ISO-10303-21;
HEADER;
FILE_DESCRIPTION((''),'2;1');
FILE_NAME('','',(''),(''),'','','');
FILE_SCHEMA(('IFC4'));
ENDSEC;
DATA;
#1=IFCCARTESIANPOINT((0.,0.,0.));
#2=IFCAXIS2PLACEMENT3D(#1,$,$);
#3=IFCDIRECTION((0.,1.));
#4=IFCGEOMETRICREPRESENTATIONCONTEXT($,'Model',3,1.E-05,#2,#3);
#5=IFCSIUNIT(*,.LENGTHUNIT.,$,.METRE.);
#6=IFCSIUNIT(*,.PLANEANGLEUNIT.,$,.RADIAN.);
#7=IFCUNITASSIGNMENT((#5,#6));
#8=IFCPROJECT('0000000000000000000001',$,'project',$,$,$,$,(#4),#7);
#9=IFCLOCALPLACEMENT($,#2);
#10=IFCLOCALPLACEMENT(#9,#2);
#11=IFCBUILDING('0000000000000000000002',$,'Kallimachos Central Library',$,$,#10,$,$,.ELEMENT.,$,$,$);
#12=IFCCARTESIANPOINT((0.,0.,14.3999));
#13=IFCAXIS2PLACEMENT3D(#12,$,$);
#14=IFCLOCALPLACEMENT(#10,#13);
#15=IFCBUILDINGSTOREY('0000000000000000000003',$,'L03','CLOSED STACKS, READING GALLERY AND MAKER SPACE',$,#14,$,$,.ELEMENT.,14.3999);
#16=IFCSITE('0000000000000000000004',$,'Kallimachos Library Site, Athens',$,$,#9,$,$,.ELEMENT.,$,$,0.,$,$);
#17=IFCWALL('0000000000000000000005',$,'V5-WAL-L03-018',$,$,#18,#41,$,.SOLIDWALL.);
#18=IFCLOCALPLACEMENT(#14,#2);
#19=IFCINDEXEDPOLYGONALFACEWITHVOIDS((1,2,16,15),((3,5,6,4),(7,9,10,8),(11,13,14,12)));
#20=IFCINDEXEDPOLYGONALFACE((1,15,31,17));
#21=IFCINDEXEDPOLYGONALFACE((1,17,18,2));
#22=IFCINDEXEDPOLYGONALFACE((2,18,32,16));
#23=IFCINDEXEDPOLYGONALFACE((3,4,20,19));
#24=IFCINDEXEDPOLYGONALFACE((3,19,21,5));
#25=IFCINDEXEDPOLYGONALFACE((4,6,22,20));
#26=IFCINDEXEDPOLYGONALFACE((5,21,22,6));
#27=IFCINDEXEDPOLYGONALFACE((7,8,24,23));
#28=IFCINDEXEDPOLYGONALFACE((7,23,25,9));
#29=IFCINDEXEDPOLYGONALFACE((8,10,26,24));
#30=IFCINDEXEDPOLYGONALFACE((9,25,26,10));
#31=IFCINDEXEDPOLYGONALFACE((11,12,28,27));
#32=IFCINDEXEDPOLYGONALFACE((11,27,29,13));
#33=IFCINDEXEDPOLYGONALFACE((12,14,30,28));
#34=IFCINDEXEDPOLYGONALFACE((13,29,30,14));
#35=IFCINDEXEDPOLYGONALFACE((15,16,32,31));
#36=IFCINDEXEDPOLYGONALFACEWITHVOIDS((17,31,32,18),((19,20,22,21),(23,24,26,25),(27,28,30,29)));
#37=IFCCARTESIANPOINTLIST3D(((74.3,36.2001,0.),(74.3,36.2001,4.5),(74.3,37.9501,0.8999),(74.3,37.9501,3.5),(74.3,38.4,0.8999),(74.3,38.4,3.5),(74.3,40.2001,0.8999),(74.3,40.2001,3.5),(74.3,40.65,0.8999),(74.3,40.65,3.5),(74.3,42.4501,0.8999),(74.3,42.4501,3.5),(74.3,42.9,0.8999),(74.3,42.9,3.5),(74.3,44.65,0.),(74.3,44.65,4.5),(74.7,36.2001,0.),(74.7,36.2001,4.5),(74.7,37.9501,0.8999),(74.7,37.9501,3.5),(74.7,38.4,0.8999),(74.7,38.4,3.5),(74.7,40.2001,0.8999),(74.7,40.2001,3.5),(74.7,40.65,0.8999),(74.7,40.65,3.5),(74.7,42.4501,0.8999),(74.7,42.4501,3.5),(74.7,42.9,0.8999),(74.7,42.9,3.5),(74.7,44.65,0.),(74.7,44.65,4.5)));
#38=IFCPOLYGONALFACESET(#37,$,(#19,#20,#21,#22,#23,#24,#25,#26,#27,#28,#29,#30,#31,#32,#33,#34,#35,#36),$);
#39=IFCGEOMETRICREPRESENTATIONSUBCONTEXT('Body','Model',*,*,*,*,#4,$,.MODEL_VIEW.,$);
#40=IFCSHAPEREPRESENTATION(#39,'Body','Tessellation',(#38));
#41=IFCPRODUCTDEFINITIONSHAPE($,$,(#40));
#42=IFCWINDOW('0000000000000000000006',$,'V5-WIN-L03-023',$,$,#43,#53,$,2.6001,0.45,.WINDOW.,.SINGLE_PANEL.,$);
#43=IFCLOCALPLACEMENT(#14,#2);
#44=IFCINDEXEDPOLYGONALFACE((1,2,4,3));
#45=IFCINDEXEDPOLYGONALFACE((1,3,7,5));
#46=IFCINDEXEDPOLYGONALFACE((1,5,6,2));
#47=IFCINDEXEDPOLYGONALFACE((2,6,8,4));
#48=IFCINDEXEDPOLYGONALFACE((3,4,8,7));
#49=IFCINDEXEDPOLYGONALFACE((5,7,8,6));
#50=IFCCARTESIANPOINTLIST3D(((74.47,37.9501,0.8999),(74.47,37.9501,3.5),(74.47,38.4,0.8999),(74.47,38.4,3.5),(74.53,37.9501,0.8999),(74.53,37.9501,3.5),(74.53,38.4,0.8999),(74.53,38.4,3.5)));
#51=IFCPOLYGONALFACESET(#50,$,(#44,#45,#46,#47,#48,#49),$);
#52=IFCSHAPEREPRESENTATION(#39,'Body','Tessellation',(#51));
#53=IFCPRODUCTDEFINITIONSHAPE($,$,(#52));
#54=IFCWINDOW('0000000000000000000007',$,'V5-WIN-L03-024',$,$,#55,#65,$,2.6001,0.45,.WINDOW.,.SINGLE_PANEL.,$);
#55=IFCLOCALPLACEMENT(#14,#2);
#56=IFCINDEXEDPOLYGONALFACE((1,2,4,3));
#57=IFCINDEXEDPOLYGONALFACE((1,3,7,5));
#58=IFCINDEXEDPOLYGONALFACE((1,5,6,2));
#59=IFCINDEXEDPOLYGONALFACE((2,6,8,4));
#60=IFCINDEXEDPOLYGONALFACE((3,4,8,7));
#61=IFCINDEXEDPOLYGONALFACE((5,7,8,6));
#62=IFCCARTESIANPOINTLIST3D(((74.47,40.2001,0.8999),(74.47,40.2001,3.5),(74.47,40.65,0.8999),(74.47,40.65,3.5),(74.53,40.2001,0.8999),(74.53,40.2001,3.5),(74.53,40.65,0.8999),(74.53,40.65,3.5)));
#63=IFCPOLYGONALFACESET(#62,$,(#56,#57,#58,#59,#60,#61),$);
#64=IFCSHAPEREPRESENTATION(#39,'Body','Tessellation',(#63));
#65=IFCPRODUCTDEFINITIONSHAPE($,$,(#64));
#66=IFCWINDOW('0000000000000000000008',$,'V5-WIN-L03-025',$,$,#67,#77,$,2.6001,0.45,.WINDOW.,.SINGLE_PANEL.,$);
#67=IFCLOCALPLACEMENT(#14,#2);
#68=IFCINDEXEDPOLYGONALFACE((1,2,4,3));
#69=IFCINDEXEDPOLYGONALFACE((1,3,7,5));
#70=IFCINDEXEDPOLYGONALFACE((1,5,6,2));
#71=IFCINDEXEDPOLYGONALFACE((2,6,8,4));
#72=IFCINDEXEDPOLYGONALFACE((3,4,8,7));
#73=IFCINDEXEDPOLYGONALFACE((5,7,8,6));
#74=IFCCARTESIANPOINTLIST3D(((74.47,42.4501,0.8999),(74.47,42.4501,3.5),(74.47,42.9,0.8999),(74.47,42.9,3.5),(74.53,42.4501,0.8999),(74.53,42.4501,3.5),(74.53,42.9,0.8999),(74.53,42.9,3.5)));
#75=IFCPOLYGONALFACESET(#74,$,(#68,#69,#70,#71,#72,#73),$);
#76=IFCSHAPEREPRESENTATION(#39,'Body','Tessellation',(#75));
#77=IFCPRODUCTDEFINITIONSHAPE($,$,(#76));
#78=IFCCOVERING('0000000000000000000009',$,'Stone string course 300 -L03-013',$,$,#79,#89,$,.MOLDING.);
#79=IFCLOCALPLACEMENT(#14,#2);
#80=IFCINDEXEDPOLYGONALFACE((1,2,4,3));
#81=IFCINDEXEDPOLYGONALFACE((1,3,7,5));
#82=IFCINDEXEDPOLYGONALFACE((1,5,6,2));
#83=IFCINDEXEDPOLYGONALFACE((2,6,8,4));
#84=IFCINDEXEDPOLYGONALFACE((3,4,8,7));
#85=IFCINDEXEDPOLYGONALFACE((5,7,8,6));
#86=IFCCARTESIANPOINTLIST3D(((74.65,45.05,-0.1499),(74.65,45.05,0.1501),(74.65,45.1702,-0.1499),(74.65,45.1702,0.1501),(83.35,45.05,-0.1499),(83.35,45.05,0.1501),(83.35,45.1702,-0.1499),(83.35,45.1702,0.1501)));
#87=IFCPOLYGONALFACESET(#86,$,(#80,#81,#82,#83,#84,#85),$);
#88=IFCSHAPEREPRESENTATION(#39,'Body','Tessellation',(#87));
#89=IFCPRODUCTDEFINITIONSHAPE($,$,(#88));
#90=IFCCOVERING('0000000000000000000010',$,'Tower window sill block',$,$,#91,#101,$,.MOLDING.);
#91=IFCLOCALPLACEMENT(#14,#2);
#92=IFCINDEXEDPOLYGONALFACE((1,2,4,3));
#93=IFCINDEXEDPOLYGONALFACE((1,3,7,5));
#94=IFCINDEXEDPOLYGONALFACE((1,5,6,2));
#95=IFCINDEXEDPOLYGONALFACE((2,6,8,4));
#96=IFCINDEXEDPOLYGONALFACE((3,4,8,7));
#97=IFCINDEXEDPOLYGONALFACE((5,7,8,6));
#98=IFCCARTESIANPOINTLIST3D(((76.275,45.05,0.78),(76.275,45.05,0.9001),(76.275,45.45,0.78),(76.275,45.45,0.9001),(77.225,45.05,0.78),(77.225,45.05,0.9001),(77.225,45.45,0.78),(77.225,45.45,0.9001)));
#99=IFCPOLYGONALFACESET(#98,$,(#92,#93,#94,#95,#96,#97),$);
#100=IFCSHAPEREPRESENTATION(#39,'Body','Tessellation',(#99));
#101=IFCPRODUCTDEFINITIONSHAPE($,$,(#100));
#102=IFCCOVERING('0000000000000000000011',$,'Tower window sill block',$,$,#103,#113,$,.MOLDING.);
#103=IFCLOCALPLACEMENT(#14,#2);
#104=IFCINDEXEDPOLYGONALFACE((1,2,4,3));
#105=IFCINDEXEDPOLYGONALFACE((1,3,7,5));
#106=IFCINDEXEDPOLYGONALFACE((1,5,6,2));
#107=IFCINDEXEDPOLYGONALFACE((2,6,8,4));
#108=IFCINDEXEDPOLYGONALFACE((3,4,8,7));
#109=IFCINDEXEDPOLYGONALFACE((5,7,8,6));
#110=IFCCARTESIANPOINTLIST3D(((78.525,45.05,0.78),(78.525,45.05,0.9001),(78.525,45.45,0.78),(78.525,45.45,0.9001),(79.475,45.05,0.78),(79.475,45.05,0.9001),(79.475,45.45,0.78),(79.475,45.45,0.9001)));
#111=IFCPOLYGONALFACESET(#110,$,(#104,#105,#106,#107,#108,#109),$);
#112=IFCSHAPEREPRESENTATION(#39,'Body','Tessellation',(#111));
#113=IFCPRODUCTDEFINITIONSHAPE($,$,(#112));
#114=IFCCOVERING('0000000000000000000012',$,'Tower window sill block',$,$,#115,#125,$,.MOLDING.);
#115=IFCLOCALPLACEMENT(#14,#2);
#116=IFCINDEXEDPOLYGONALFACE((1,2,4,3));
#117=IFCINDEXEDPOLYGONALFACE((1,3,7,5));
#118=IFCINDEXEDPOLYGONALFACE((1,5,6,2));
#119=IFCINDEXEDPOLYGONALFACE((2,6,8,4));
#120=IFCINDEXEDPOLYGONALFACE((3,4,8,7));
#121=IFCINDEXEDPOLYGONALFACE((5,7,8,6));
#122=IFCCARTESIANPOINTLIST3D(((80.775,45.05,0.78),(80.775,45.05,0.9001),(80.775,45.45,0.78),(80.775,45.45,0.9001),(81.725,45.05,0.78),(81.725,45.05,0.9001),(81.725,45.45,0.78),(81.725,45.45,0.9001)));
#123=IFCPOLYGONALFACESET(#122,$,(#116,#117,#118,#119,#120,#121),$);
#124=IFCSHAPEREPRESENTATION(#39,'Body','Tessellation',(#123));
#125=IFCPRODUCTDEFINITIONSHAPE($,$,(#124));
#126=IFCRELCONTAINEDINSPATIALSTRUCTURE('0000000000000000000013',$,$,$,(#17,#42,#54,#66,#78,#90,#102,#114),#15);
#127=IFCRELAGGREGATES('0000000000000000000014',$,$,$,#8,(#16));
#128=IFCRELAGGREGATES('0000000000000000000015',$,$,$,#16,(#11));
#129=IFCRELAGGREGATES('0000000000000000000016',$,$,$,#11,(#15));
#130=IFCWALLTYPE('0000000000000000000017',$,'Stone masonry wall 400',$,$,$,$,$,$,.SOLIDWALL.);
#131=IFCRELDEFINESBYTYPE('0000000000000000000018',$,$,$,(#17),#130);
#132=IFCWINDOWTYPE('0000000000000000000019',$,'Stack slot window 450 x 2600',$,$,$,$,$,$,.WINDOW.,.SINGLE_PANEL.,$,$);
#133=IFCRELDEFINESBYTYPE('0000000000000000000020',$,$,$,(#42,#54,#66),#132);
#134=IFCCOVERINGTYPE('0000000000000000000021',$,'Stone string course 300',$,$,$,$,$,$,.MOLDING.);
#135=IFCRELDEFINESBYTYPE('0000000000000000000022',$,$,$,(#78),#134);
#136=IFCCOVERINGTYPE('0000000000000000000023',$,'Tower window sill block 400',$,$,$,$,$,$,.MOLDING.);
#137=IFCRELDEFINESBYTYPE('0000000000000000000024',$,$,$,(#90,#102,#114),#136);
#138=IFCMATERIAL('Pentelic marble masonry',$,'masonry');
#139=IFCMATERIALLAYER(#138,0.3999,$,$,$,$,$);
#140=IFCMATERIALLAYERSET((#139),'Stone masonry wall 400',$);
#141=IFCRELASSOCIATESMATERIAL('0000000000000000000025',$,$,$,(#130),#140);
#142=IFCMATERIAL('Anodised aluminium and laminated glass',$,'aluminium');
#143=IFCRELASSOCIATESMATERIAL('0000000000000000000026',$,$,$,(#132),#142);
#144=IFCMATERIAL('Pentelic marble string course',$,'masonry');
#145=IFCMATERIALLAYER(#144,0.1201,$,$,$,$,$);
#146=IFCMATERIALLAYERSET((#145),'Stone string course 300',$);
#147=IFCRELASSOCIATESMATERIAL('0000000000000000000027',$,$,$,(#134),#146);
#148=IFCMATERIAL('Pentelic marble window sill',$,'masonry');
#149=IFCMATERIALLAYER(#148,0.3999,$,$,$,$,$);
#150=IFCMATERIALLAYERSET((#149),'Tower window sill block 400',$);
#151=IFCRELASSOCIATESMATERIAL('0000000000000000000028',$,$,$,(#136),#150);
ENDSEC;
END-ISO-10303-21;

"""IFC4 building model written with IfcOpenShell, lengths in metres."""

from ifc_helpers import new_model, si_unit, direction, frame, frame_2d, origin, origin_2d, place, context, subcontext, project, spatial, rectangle, extrude, material, layer, layer_set, type_object, element, fill, save


model = new_model("IFC4")

# Units and contexts
model_context = context("Model", 3, precision=1e-05, world=origin(), true_north=direction((0.0, 1.0)))
body_context = subcontext(model_context, "Body", "Model", "MODEL_VIEW")
ifc_project = project(units=[si_unit("LENGTHUNIT", "METRE"), si_unit("PLANEANGLEUNIT", "RADIAN")], contexts=[model_context])

# Site, building, storey
site_placement = place(None, origin())
site = spatial("IfcSite", under=ifc_project, at=site_placement, Name="Kallimachos Library Site, Athens", CompositionType="ELEMENT", RefElevation=0.0)
building_placement = place(site_placement, origin())
building = spatial("IfcBuilding", under=site, at=building_placement, Name="Kallimachos Central Library", CompositionType="ELEMENT")
storey_placement = place(building_placement, frame((0.0, 0.0, 14.3999)))
storey = spatial("IfcBuildingStorey", under=building, at=storey_placement, Name="L03", Description="CLOSED STACKS, READING GALLERY AND MAKER SPACE", CompositionType="ELEMENT", Elevation=14.3999)

# Wall, openings, windows
ifc_material_1 = material(Name="Pentelic marble masonry", Category="masonry")
ifc_layer_1 = layer(ifc_material_1, 0.3999)
ifc_layer_set_1 = layer_set([ifc_layer_1], Name="Stone masonry wall 400")
wall_type_1 = type_object("IfcWallType", Name="Stone masonry wall 400", PredefinedType="SOLIDWALL", material=ifc_layer_set_1)
ifc_material_2 = material(Name="Anodised aluminium and laminated glass", Category="aluminium")
window_type = type_object("IfcWindowType", Name="Stack slot window 450 x 2600", PartitioningType="SINGLE_PANEL", PredefinedType="WINDOW", material=ifc_material_2)
wall_1_placement = place(storey_placement, frame((74.5, 36.2, 0.0), z_axis=(0.0, 0.0, 1.0), x_axis=(0.0, 1.0, 0.0)))
wall_1 = element("IfcWall", 1, at=wall_1_placement, inside=storey, type_object=wall_type_1, Name="V5-WAL-L03-018", PredefinedType="SOLIDWALL", context=body_context, shape_type="SweptSolid", body=[
    extrude(rectangle(XDim=8.45, YDim=0.3999, at=frame_2d((4.2251, 0.0))), origin(), (0.0, 0.0, 1.0), 4.5),
])
opening_1_placement = place(wall_1_placement, frame((1.75, 0.0, 0.8999)))
opening_1 = element("IfcOpeningElement", 2, at=opening_1_placement, cuts=wall_1, PredefinedType="OPENING", context=body_context, shape_type="SweptSolid", body=[
    extrude(rectangle(XDim=0.45, YDim=2.6001, at=frame_2d((0.2251, 1.3))), frame((0.0, 0.21, 0.0), z_axis=(0.0, -1.0, 0.0), x_axis=(1.0, 0.0, 0.0)), (0.0, 0.0, 1.0), 0.4199),
])
opening_2_placement = place(wall_1_placement, frame((4.0, 0.0, 0.8999)))
opening_2 = element("IfcOpeningElement", 3, at=opening_2_placement, cuts=wall_1, PredefinedType="OPENING", context=body_context, shape_type="SweptSolid", body=[
    extrude(rectangle(XDim=0.45, YDim=2.6001, at=frame_2d((0.2251, 1.3))), frame((0.0, 0.21, 0.0), z_axis=(0.0, -1.0, 0.0), x_axis=(1.0, 0.0, 0.0)), (0.0, 0.0, 1.0), 0.4199),
])
opening_3_placement = place(wall_1_placement, frame((6.25, 0.0, 0.8999)))
opening_3 = element("IfcOpeningElement", 4, at=opening_3_placement, cuts=wall_1, PredefinedType="OPENING", context=body_context, shape_type="SweptSolid", body=[
    extrude(rectangle(XDim=0.45, YDim=2.6001, at=frame_2d((0.2251, 1.3))), frame((0.0, 0.21, 0.0), z_axis=(0.0, -1.0, 0.0), x_axis=(1.0, 0.0, 0.0)), (0.0, 0.0, 1.0), 0.4199),
])
window_1_placement = place(opening_1_placement, origin())
window_1 = element("IfcWindow", 5, at=window_1_placement, inside=storey, type_object=window_type, Name="V5-WIN-L03-023", OverallHeight=2.6001, OverallWidth=0.45, PartitioningType="SINGLE_PANEL", PredefinedType="WINDOW", context=body_context, shape_type="SweptSolid", body=[
    extrude(rectangle(XDim=0.45, YDim=2.6001, at=frame_2d((0.2251, 1.3))), frame((0.0, 0.03, 0.0), z_axis=(0.0, -1.0, 0.0), x_axis=(1.0, 0.0, 0.0)), (0.0, 0.0, 1.0), 0.0601),
])
fill(opening_1, window_1)
window_2_placement = place(opening_2_placement, origin())
window_2 = element("IfcWindow", 6, at=window_2_placement, inside=storey, type_object=window_type, Name="V5-WIN-L03-024", OverallHeight=2.6001, OverallWidth=0.45, PartitioningType="SINGLE_PANEL", PredefinedType="WINDOW", context=body_context, shape_type="SweptSolid", body=[
    extrude(rectangle(XDim=0.45, YDim=2.6001, at=frame_2d((0.2251, 1.3))), frame((0.0, 0.03, 0.0), z_axis=(0.0, -1.0, 0.0), x_axis=(1.0, 0.0, 0.0)), (0.0, 0.0, 1.0), 0.0601),
])
fill(opening_2, window_2)
window_3_placement = place(opening_3_placement, origin())
window_3 = element("IfcWindow", 7, at=window_3_placement, inside=storey, type_object=window_type, Name="V5-WIN-L03-025", OverallHeight=2.6001, OverallWidth=0.45, PartitioningType="SINGLE_PANEL", PredefinedType="WINDOW", context=body_context, shape_type="SweptSolid", body=[
    extrude(rectangle(XDim=0.45, YDim=2.6001, at=frame_2d((0.2251, 1.3))), frame((0.0, 0.03, 0.0), z_axis=(0.0, -1.0, 0.0), x_axis=(1.0, 0.0, 0.0)), (0.0, 0.0, 1.0), 0.0601),
])
fill(opening_3, window_3)

# Coverings
ifc_material_3 = material(Name="Pentelic marble string course", Category="masonry")
ifc_layer_2 = layer(ifc_material_3, 0.1201)
ifc_layer_set_2 = layer_set([ifc_layer_2], Name="Stone string course 300")
covering_type_1 = type_object("IfcCoveringType", Name="Stone string course 300", PredefinedType="MOLDING", material=ifc_layer_set_2)
covering_placement = place(storey_placement, frame((79.0, 45.1101, -0.1499), z_axis=(0.0, 0.0, 1.0), x_axis=(1.0, 0.0, 0.0)))
element("IfcCovering", 8, at=covering_placement, inside=storey, type_object=covering_type_1, Name="Stone string course 300 -L03-013", PredefinedType="MOLDING", context=body_context, shape_type="SweptSolid", body=[
    extrude(rectangle(XDim=8.7, YDim=0.1201, at=origin_2d()), origin(), (0.0, 0.0, 1.0), 0.3),
])
ifc_material_4 = material(Name="Pentelic marble window sill", Category="masonry")
ifc_layer_3 = layer(ifc_material_4, 0.3999)
ifc_layer_set_3 = layer_set([ifc_layer_3], Name="Tower window sill block 400")
covering_type_2 = type_object("IfcCoveringType", Name="Tower window sill block 400", PredefinedType="MOLDING", material=ifc_layer_set_3)
for number, where, z_axis, x_axis, name in (
    (9, (76.75, 45.25, 0.78), (0.0, 0.0, 1.0), (1.0, 0.0, 0.0), "Tower window sill block"),
    (10, (79.0, 45.25, 0.78), (0.0, 0.0, 1.0), (1.0, 0.0, 0.0), "Tower window sill block"),
    (11, (81.25, 45.25, 0.78), (0.0, 0.0, 1.0), (1.0, 0.0, 0.0), "Tower window sill block"),
):
    element("IfcCovering", number, at=place(storey_placement, frame(where, z_axis=z_axis, x_axis=x_axis)), inside=storey, type_object=covering_type_2, Name=name, PredefinedType="MOLDING", context=body_context, shape_type="SweptSolid", body=[
        extrude(rectangle(XDim=0.95, YDim=0.3999, at=origin_2d()), origin(), (0.0, 0.0, 1.0), 0.1201),
    ])

save(model, "model.ifc")
